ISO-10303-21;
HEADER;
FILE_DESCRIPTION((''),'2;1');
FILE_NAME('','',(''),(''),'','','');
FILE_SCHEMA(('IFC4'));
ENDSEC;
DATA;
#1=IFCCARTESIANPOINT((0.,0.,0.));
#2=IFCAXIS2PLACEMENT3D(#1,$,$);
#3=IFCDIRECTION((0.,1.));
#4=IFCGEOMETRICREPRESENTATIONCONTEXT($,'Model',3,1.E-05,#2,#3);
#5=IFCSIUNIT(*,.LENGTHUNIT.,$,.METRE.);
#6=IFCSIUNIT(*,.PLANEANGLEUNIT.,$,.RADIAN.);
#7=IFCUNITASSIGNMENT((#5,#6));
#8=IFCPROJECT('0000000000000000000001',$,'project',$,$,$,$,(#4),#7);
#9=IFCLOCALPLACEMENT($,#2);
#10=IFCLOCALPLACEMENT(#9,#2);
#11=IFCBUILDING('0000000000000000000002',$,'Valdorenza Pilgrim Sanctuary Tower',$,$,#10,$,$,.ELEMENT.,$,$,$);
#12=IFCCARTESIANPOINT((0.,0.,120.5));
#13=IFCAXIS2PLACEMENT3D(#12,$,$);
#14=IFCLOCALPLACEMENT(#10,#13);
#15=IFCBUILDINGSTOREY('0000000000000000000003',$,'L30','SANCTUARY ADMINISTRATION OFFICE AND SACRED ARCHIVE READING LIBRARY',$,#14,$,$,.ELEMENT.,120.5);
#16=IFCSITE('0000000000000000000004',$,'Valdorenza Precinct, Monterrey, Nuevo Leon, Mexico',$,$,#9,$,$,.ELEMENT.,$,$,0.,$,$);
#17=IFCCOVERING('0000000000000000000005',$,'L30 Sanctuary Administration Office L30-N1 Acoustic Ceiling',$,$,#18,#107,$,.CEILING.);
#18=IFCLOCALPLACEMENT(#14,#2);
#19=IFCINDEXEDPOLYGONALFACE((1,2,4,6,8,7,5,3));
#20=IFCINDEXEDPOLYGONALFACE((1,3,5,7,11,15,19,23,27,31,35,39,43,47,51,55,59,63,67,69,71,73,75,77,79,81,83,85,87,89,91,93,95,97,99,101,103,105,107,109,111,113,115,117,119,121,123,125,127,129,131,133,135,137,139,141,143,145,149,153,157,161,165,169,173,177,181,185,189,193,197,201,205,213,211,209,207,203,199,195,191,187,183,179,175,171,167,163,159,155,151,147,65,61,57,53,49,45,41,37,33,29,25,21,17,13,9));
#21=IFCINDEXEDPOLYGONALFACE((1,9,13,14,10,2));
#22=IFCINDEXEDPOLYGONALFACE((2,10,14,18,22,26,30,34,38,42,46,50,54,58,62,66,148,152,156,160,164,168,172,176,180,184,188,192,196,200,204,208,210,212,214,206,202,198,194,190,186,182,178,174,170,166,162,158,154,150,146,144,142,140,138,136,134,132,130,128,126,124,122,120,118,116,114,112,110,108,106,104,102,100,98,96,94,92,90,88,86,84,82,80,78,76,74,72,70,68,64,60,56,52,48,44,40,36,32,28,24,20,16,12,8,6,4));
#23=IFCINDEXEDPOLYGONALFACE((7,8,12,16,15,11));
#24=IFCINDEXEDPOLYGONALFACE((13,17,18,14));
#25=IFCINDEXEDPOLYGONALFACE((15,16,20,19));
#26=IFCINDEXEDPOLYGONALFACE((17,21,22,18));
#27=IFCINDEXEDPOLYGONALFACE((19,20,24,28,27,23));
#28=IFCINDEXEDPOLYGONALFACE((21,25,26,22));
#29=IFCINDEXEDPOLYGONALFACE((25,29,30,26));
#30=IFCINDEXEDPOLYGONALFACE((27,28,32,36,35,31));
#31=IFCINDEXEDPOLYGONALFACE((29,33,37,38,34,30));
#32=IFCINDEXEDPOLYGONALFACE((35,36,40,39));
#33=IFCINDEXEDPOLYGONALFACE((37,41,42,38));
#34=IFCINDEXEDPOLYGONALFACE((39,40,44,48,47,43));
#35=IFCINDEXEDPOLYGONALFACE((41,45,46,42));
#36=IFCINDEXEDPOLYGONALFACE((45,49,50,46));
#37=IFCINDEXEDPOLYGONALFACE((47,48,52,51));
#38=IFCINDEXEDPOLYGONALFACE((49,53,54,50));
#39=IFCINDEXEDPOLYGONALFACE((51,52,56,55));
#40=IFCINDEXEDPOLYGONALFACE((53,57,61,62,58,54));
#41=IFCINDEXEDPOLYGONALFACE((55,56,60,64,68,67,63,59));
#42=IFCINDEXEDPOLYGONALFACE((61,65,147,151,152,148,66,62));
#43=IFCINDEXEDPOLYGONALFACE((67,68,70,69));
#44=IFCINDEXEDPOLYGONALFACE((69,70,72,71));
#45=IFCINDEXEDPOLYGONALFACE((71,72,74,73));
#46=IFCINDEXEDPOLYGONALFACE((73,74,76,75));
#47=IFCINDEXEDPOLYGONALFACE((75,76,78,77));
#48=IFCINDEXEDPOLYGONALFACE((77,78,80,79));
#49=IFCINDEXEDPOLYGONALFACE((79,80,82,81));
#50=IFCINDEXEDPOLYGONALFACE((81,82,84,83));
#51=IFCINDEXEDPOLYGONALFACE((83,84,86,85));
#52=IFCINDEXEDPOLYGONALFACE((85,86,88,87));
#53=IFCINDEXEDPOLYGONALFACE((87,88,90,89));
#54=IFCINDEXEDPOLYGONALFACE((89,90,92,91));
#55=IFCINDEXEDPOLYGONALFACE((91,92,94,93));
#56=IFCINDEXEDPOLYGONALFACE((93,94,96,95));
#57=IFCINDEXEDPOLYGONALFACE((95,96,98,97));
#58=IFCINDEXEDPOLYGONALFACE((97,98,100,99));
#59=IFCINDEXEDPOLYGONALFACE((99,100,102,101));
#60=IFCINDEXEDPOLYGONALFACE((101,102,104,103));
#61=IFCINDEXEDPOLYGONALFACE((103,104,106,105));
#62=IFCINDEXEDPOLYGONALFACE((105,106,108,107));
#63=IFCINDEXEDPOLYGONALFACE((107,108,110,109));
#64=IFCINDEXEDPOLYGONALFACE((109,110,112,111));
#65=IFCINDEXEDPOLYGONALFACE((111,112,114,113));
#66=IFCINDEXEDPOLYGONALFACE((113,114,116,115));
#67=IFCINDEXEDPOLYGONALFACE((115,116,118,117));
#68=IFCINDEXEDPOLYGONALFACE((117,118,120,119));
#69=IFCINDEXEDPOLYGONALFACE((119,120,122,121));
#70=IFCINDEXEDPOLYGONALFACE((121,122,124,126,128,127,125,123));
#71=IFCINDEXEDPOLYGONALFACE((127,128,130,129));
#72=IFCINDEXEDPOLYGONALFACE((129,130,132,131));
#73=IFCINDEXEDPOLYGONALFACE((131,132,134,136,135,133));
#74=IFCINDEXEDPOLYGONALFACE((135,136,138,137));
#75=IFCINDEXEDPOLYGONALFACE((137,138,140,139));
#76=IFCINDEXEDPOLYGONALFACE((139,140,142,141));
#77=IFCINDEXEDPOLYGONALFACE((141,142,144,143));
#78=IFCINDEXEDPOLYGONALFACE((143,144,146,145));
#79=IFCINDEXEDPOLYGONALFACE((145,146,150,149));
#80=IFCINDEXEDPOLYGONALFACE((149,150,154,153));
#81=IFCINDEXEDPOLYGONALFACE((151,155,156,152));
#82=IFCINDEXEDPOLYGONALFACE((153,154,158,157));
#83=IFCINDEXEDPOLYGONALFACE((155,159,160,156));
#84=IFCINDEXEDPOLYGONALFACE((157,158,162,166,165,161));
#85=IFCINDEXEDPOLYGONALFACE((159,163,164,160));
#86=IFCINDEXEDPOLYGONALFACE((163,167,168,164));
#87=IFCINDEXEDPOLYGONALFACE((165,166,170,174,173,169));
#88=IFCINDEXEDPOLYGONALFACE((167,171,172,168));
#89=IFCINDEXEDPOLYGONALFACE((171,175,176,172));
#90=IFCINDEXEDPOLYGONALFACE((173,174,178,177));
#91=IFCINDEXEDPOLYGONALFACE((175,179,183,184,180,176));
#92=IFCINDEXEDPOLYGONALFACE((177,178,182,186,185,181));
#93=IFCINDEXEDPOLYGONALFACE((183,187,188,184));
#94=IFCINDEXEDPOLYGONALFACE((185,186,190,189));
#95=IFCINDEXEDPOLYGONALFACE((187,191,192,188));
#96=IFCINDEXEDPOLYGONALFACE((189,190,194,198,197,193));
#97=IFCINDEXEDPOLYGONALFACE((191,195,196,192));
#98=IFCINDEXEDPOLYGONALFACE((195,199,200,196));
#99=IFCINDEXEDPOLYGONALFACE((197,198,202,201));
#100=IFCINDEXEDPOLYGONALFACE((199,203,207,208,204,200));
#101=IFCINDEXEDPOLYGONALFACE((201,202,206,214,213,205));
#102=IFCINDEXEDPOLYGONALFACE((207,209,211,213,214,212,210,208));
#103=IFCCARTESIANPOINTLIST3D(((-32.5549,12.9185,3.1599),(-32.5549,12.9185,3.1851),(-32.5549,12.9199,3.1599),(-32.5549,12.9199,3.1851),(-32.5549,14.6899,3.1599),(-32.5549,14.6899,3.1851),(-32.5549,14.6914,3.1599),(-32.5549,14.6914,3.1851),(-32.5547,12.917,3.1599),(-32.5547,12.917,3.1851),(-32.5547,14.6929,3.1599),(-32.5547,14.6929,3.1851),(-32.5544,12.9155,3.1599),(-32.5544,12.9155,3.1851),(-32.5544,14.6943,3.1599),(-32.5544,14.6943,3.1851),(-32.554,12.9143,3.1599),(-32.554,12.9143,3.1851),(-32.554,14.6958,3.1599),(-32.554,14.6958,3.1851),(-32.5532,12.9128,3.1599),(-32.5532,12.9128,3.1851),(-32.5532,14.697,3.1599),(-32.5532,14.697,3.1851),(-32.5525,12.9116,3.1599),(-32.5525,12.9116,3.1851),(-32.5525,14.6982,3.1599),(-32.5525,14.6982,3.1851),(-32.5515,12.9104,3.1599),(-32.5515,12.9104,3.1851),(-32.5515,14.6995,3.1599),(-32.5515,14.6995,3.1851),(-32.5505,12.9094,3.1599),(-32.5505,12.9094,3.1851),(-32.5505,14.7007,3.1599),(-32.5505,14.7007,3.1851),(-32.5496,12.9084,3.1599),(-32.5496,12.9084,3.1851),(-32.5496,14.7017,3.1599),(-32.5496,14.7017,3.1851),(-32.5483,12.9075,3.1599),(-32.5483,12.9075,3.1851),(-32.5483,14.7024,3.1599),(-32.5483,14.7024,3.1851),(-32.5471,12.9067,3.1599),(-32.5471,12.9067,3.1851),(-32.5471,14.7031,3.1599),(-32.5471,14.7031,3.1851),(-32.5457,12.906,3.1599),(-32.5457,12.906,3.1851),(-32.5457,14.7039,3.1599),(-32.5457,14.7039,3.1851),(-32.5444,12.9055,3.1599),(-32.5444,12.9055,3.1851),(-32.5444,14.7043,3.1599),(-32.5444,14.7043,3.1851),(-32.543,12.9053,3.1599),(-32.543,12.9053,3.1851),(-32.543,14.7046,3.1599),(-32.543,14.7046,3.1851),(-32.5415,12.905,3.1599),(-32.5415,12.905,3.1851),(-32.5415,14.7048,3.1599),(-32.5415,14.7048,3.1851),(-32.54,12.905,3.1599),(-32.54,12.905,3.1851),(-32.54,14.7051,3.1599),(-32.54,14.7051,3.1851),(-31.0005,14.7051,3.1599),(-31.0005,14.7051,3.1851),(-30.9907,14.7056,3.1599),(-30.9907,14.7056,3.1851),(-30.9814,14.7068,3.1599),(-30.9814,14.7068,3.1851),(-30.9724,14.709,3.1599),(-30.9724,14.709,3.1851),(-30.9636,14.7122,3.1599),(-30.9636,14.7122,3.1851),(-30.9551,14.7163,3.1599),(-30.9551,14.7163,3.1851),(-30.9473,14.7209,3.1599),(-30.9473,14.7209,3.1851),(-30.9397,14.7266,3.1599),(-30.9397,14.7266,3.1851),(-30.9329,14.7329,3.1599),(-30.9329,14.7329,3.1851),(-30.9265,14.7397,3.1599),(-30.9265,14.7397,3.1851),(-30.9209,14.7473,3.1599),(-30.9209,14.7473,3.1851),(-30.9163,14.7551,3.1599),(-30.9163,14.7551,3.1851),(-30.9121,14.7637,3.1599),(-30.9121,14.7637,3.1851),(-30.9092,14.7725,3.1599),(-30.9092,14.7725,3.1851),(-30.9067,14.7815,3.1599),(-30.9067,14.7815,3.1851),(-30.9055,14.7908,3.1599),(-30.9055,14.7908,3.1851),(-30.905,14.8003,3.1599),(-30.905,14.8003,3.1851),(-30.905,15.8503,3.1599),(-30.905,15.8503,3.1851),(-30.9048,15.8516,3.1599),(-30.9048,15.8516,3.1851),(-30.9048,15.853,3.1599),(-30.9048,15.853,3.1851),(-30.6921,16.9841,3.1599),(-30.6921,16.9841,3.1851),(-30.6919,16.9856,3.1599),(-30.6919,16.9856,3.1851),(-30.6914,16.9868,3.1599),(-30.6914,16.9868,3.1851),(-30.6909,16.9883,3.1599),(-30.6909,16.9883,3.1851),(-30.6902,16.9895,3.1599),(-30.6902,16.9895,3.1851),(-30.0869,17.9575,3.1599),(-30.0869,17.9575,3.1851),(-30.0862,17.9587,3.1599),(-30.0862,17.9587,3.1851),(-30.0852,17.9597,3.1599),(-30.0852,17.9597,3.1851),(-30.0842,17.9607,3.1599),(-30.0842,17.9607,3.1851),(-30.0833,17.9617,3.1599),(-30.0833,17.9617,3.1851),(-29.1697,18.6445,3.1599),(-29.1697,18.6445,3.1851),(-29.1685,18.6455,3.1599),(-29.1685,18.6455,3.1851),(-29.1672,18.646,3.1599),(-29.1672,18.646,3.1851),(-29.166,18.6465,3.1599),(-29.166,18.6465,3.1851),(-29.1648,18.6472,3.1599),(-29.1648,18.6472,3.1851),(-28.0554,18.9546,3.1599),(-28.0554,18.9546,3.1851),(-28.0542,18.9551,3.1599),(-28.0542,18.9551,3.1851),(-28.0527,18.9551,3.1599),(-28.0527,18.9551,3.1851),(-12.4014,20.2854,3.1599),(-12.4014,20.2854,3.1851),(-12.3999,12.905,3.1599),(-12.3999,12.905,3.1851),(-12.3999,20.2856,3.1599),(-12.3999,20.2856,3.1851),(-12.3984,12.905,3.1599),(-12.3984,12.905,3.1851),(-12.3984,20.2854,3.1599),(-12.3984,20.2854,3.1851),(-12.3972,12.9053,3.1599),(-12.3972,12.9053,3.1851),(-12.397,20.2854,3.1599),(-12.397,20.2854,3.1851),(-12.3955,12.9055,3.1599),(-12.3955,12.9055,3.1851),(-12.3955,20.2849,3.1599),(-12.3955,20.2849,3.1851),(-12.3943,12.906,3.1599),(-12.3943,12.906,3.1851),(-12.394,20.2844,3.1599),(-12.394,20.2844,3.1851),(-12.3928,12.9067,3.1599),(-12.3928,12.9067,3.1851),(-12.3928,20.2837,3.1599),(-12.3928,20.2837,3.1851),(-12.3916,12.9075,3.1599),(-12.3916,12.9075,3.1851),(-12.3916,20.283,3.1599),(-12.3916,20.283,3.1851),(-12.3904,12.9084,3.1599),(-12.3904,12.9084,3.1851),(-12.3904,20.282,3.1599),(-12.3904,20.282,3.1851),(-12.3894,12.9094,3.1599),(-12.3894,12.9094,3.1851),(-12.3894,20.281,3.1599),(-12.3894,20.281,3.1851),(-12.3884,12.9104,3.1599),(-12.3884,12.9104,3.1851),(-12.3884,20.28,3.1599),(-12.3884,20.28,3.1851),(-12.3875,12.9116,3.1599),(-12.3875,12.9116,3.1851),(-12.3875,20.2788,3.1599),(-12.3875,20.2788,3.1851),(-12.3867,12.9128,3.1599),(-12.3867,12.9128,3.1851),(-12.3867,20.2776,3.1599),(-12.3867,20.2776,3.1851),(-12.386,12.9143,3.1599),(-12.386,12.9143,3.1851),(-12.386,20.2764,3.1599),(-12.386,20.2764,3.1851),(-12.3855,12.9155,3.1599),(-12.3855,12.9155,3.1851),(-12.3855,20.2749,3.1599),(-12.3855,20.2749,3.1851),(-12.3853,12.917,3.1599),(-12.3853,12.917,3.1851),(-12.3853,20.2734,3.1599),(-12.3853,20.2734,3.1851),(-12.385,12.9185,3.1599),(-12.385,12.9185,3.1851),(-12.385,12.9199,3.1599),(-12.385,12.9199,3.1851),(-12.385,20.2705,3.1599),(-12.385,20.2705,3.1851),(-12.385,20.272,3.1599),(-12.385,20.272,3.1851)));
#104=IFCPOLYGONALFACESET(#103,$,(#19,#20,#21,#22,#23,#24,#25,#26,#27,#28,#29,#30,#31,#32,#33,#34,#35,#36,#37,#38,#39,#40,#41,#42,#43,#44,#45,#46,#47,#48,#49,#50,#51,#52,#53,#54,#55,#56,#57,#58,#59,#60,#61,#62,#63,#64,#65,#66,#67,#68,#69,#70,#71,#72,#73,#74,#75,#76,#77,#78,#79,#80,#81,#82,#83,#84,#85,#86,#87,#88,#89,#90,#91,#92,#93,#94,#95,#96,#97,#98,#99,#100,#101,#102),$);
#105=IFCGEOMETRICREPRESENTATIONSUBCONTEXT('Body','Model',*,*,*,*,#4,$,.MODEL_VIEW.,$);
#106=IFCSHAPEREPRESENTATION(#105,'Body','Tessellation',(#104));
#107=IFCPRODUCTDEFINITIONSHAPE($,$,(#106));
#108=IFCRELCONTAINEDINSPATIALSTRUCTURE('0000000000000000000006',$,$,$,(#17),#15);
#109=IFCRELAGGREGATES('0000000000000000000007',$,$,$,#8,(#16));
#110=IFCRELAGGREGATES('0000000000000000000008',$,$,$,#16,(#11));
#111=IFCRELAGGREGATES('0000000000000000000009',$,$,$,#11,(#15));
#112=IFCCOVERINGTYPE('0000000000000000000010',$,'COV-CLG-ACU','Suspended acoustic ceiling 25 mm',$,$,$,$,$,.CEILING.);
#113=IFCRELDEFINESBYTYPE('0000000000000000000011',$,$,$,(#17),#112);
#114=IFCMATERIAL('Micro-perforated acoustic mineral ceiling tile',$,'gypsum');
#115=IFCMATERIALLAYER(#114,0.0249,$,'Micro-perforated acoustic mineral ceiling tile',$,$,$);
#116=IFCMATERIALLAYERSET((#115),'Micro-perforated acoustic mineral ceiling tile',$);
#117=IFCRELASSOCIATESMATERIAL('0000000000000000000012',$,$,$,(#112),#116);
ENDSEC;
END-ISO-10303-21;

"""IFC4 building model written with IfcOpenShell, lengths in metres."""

from ifc_helpers import new_model, si_unit, direction, frame, origin, place, context, subcontext, project, spatial, polyline, outline, extrude, material, layer, layer_set, type_object, element, save


model = new_model("IFC4")

# Units and contexts
model_context = context("Model", 3, precision=1e-05, world=origin(), true_north=direction((0.0, 1.0)))
body_context = subcontext(model_context, "Body", "Model", "MODEL_VIEW")
ifc_project = project(units=[si_unit("LENGTHUNIT", "METRE"), si_unit("PLANEANGLEUNIT", "RADIAN")], contexts=[model_context])

# Site, building, storey
site_placement = place(None, origin())
site = spatial("IfcSite", under=ifc_project, at=site_placement, Name="Valdorenza Precinct, Monterrey, Nuevo Leon, Mexico", CompositionType="ELEMENT", RefElevation=0.0)
building_placement = place(site_placement, origin())
building = spatial("IfcBuilding", under=site, at=building_placement, Name="Valdorenza Pilgrim Sanctuary Tower", CompositionType="ELEMENT")
storey_placement = place(building_placement, frame((0.0, 0.0, 120.5)))
storey = spatial("IfcBuildingStorey", under=building, at=storey_placement, Name="L30", Description="SANCTUARY ADMINISTRATION OFFICE AND SACRED ARCHIVE READING LIBRARY", CompositionType="ELEMENT", Elevation=120.5)

# Covering
ifc_material_1 = material(Name="Micro-perforated acoustic mineral ceiling tile", Category="gypsum")
ifc_layer_1 = layer(ifc_material_1, 0.0249, Name="Micro-perforated acoustic mineral ceiling tile")
ifc_layer_set_1 = layer_set([ifc_layer_1], Name="Micro-perforated acoustic mineral ceiling tile")
covering_type_1 = type_object("IfcCoveringType", Name="COV-CLG-ACU", Description="Suspended acoustic ceiling 25 mm", PredefinedType="CEILING", material=ifc_layer_set_1)
covering_1_placement = place(storey_placement, frame((0.0, 0.0, 3.1599)))
element("IfcCovering", 1, at=covering_1_placement, inside=storey, type_object=covering_type_1, Name="L30 Sanctuary Administration Office L30-N1 Acoustic Ceiling", PredefinedType="CEILING", context=body_context, shape_type="SweptSolid", body=[
    extrude(outline(polyline([(-32.54, 12.905), (-32.5415, 12.905), (-32.543, 12.9053), (-32.5444, 12.9055), (-32.5457, 12.906), (-32.5471, 12.9067), (-32.5483, 12.9075), (-32.5496, 12.9084), (-32.5505, 12.9094), (-32.5515, 12.9104), (-32.5525, 12.9116), (-32.5532, 12.9128), (-32.554, 12.9143), (-32.5544, 12.9155), (-32.5547, 12.917), (-32.5549, 12.9185), (-32.5549, 12.9199), (-32.5549, 14.6899), (-32.5549, 14.6914), (-32.5547, 14.6929), (-32.5544, 14.6943), (-32.554, 14.6958), (-32.5532, 14.697), (-32.5525, 14.6982), (-32.5515, 14.6995), (-32.5505, 14.7007), (-32.5496, 14.7017), (-32.5483, 14.7024), (-32.5471, 14.7031), (-32.5457, 14.7039), (-32.5444, 14.7043), (-32.543, 14.7046), (-32.5415, 14.7048), (-32.54, 14.7051), (-31.0005, 14.7051), (-30.9907, 14.7056), (-30.9814, 14.7068), (-30.9724, 14.709), (-30.9636, 14.7122), (-30.9551, 14.7163), (-30.9473, 14.7209), (-30.9397, 14.7266), (-30.9329, 14.7329), (-30.9265, 14.7397), (-30.9209, 14.7473), (-30.9163, 14.7551), (-30.9121, 14.7637), (-30.9092, 14.7725), (-30.9067, 14.7815), (-30.9055, 14.7908), (-30.905, 14.8003), (-30.905, 15.8503), (-30.9048, 15.8516), (-30.9048, 15.853), (-30.6921, 16.9841), (-30.6919, 16.9856), (-30.6914, 16.9868), (-30.6909, 16.9883), (-30.6902, 16.9895), (-30.0869, 17.9575), (-30.0862, 17.9587), (-30.0852, 17.9597), (-30.0842, 17.9607), (-30.0833, 17.9617), (-29.1697, 18.6445), (-29.1685, 18.6455), (-29.1672, 18.646), (-29.166, 18.6465), (-29.1648, 18.6472), (-28.0554, 18.9546), (-28.0542, 18.9551), (-28.0527, 18.9551), (-12.4014, 20.2854), (-12.3999, 20.2856), (-12.3984, 20.2854), (-12.397, 20.2854), (-12.3955, 20.2849), (-12.394, 20.2844), (-12.3928, 20.2837), (-12.3916, 20.283), (-12.3904, 20.282), (-12.3894, 20.281), (-12.3884, 20.28), (-12.3875, 20.2788), (-12.3867, 20.2776), (-12.386, 20.2764), (-12.3855, 20.2749), (-12.3853, 20.2734), (-12.385, 20.272), (-12.385, 20.2705), (-12.385, 12.9199), (-12.385, 12.9185), (-12.3853, 12.917), (-12.3855, 12.9155), (-12.386, 12.9143), (-12.3867, 12.9128), (-12.3875, 12.9116), (-12.3884, 12.9104), (-12.3894, 12.9094), (-12.3904, 12.9084), (-12.3916, 12.9075), (-12.3928, 12.9067), (-12.3943, 12.906), (-12.3955, 12.9055), (-12.3972, 12.9053), (-12.3984, 12.905), (-12.3999, 12.905), (-32.54, 12.905)])), origin(), (0.0, 0.0, 1.0), 0.0251),
])

save(model, "model.ifc")
